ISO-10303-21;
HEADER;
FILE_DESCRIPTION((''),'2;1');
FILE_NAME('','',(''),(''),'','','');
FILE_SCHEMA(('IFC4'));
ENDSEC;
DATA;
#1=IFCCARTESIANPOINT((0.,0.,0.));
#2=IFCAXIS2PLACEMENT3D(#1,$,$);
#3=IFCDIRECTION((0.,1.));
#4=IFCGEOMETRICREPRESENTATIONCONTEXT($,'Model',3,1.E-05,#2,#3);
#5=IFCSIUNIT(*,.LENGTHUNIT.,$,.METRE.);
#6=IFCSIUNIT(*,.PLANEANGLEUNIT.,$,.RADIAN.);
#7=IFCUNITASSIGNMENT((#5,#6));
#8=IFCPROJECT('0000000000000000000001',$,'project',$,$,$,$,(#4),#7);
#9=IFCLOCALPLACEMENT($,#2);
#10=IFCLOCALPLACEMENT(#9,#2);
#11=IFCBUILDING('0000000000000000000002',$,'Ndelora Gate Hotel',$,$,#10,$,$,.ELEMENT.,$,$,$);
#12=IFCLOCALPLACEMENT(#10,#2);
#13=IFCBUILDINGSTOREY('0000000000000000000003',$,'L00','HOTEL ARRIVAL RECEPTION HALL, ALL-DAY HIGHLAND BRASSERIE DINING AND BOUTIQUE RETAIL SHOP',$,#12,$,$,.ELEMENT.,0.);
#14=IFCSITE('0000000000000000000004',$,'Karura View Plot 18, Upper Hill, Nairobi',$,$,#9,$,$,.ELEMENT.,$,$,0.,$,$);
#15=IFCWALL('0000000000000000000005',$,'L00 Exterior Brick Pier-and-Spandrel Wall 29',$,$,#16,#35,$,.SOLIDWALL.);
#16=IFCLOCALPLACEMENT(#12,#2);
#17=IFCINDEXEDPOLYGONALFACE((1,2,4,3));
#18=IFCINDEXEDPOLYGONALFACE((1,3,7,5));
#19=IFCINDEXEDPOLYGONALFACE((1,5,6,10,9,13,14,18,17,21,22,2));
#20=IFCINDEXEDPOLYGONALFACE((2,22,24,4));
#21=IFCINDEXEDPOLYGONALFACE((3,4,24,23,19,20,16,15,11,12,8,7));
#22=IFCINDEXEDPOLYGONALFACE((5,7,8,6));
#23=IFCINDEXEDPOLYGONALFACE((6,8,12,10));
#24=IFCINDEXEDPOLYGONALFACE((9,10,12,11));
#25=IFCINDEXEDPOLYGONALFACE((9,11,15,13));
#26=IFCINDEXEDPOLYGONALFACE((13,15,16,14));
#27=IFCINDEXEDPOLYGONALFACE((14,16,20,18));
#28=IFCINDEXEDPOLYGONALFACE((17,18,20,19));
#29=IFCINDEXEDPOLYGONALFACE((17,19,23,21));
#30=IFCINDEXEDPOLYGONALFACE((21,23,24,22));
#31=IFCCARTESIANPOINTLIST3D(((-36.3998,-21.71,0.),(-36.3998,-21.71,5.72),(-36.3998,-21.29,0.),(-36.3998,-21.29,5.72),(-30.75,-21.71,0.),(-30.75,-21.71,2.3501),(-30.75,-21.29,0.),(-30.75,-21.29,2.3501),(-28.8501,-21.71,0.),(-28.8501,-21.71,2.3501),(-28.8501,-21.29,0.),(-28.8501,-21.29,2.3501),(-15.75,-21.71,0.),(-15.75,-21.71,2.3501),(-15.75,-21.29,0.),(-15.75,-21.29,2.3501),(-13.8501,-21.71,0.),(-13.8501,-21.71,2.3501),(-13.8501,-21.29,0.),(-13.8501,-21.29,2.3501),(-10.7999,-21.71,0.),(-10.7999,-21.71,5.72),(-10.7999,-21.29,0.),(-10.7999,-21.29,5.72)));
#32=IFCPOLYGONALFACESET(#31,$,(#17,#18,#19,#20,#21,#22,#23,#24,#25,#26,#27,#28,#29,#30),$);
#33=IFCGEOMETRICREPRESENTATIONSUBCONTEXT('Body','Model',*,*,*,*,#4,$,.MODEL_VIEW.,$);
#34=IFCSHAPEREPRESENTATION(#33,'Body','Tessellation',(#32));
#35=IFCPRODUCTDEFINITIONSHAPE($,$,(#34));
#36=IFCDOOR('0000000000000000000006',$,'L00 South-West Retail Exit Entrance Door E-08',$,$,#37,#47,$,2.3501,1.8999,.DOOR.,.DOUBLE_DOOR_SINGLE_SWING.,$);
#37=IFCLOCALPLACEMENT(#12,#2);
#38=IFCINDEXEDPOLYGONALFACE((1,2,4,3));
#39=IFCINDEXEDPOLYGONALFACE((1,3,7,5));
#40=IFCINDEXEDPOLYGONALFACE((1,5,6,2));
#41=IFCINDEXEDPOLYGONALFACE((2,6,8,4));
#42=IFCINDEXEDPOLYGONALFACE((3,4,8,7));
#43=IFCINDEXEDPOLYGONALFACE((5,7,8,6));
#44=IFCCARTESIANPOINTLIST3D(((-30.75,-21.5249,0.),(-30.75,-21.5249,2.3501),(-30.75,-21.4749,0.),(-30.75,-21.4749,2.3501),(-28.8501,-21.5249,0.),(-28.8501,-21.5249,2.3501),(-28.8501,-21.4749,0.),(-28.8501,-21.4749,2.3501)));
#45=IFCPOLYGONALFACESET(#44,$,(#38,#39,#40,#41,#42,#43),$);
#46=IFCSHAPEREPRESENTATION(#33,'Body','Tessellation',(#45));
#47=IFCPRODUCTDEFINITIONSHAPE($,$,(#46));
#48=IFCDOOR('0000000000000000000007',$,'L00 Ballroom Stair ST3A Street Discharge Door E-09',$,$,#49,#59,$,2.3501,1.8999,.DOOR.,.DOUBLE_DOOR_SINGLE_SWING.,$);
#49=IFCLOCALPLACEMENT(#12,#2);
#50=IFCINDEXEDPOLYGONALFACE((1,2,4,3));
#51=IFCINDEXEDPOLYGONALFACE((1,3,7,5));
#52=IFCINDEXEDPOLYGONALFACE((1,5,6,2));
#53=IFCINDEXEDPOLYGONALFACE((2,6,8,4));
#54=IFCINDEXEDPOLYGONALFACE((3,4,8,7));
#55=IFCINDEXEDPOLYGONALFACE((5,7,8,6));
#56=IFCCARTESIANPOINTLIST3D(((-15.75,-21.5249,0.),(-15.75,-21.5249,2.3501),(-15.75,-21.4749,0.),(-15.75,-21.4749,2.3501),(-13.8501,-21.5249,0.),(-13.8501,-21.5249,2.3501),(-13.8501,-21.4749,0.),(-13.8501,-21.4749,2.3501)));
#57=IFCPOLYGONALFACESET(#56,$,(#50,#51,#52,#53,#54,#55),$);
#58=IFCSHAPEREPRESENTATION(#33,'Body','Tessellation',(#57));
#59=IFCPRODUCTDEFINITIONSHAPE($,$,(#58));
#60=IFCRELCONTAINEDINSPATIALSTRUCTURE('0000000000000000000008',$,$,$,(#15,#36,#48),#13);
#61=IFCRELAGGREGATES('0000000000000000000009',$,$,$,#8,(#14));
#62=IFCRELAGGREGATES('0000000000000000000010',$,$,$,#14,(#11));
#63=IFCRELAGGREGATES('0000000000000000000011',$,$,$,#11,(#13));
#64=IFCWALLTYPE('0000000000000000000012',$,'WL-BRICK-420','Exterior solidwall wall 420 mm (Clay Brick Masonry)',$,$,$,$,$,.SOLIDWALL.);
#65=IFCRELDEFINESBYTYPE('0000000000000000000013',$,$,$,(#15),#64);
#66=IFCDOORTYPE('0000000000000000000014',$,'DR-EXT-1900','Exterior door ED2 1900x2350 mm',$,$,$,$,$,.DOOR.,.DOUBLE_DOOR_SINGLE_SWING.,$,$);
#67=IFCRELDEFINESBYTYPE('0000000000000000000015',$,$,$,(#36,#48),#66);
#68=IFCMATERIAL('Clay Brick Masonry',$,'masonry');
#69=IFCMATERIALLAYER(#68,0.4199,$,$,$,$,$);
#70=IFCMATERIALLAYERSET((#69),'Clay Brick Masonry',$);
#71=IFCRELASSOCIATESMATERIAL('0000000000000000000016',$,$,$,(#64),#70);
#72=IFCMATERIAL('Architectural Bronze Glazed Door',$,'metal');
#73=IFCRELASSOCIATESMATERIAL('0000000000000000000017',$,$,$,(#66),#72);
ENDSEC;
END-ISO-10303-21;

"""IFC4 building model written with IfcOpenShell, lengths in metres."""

from ifc_helpers import new_model, si_unit, direction, frame, frame_2d, origin, place, context, subcontext, project, spatial, rectangle, extrude, material, layer, layer_set, type_object, element, fill, save


model = new_model("IFC4")

# Units and contexts
model_context = context("Model", 3, precision=1e-05, world=origin(), true_north=direction((0.0, 1.0)))
body_context = subcontext(model_context, "Body", "Model", "MODEL_VIEW")
ifc_project = project(units=[si_unit("LENGTHUNIT", "METRE"), si_unit("PLANEANGLEUNIT", "RADIAN")], contexts=[model_context])

# Site, building, storey
site_placement = place(None, origin())
site = spatial("IfcSite", under=ifc_project, at=site_placement, Name="Karura View Plot 18, Upper Hill, Nairobi", CompositionType="ELEMENT", RefElevation=0.0)
building_placement = place(site_placement, origin())
building = spatial("IfcBuilding", under=site, at=building_placement, Name="Ndelora Gate Hotel", CompositionType="ELEMENT")
storey_placement = place(building_placement, origin())
storey = spatial("IfcBuildingStorey", under=building, at=storey_placement, Name="L00", Description="HOTEL ARRIVAL RECEPTION HALL, ALL-DAY HIGHLAND BRASSERIE DINING AND BOUTIQUE RETAIL SHOP", CompositionType="ELEMENT", Elevation=0.0)

# Shared definitions
ifc_material_1 = material(Name="Clay Brick Masonry", Category="masonry")

# Wall, openings, doors
ifc_layer_1 = layer(ifc_material_1, 0.4199)
ifc_layer_set_1 = layer_set([ifc_layer_1], Name="Clay Brick Masonry")
wall_type_1 = type_object("IfcWallType", Name="WL-BRICK-420", Description="Exterior solidwall wall 420 mm (Clay Brick Masonry)", PredefinedType="SOLIDWALL", material=ifc_layer_set_1)
wall_1_placement = place(storey_placement, frame((-10.8, -21.5, 0.0), z_axis=(0.0, 0.0, 1.0), x_axis=(-1.0, 0.0, 0.0)))
wall_1 = element("IfcWall", 1, at=wall_1_placement, inside=storey, type_object=wall_type_1, Name="L00 Exterior Brick Pier-and-Spandrel Wall 29", PredefinedType="SOLIDWALL", context=body_context, shape_type="SweptSolid", body=[
    extrude(rectangle(XDim=25.5999, YDim=0.4199, at=frame_2d((12.7998, 0.0))), origin(), (0.0, 0.0, 1.0), 5.72),
])
opening_1_placement = place(wall_1_placement, frame((18.05, 0.0, 0.0)))
opening_1 = element("IfcOpeningElement", 2, at=opening_1_placement, cuts=wall_1, PredefinedType="OPENING", context=body_context, shape_type="SweptSolid", body=[
    extrude(rectangle(XDim=1.8999, YDim=2.3501, at=frame_2d((0.95, 1.175))), frame((0.0, 0.22, 0.0), z_axis=(0.0, -1.0, 0.0), x_axis=(1.0, 0.0, 0.0)), (0.0, 0.0, 1.0), 0.4399),
])
opening_2_placement = place(wall_1_placement, frame((3.05, 0.0, 0.0)))
opening_2 = element("IfcOpeningElement", 3, at=opening_2_placement, cuts=wall_1, PredefinedType="OPENING", context=body_context, shape_type="SweptSolid", body=[
    extrude(rectangle(XDim=1.8999, YDim=2.3501, at=frame_2d((0.95, 1.175))), frame((0.0, 0.22, 0.0), z_axis=(0.0, -1.0, 0.0), x_axis=(1.0, 0.0, 0.0)), (0.0, 0.0, 1.0), 0.4399),
])
ifc_material_2 = material(Name="Architectural Bronze Glazed Door", Category="metal")
door_type = type_object("IfcDoorType", Name="DR-EXT-1900", Description="Exterior door ED2 1900x2350 mm", OperationType="DOUBLE_DOOR_SINGLE_SWING", PredefinedType="DOOR", material=ifc_material_2)
door_1_placement = place(opening_1_placement, origin())
door_1 = element("IfcDoor", 4, at=door_1_placement, inside=storey, type_object=door_type, Name="L00 South-West Retail Exit Entrance Door E-08", OperationType="DOUBLE_DOOR_SINGLE_SWING", OverallHeight=2.3501, OverallWidth=1.8999, PredefinedType="DOOR", context=body_context, shape_type="SweptSolid", body=[
    extrude(rectangle(XDim=1.8999, YDim=2.3501, at=frame_2d((0.95, 1.175))), frame((0.0, 0.0249, 0.0), z_axis=(0.0, -1.0, 0.0), x_axis=(1.0, 0.0, 0.0)), (0.0, 0.0, 1.0), 0.05),
])
fill(opening_1, door_1)
door_2_placement = place(opening_2_placement, origin())
door_2 = element("IfcDoor", 5, at=door_2_placement, inside=storey, type_object=door_type, Name="L00 Ballroom Stair ST3A Street Discharge Door E-09", OperationType="DOUBLE_DOOR_SINGLE_SWING", OverallHeight=2.3501, OverallWidth=1.8999, PredefinedType="DOOR", context=body_context, shape_type="SweptSolid", body=[
    extrude(rectangle(XDim=1.8999, YDim=2.3501, at=frame_2d((0.95, 1.175))), frame((0.0, 0.0249, 0.0), z_axis=(0.0, -1.0, 0.0), x_axis=(1.0, 0.0, 0.0)), (0.0, 0.0, 1.0), 0.05),
])
fill(opening_2, door_2)

save(model, "model.ifc")
